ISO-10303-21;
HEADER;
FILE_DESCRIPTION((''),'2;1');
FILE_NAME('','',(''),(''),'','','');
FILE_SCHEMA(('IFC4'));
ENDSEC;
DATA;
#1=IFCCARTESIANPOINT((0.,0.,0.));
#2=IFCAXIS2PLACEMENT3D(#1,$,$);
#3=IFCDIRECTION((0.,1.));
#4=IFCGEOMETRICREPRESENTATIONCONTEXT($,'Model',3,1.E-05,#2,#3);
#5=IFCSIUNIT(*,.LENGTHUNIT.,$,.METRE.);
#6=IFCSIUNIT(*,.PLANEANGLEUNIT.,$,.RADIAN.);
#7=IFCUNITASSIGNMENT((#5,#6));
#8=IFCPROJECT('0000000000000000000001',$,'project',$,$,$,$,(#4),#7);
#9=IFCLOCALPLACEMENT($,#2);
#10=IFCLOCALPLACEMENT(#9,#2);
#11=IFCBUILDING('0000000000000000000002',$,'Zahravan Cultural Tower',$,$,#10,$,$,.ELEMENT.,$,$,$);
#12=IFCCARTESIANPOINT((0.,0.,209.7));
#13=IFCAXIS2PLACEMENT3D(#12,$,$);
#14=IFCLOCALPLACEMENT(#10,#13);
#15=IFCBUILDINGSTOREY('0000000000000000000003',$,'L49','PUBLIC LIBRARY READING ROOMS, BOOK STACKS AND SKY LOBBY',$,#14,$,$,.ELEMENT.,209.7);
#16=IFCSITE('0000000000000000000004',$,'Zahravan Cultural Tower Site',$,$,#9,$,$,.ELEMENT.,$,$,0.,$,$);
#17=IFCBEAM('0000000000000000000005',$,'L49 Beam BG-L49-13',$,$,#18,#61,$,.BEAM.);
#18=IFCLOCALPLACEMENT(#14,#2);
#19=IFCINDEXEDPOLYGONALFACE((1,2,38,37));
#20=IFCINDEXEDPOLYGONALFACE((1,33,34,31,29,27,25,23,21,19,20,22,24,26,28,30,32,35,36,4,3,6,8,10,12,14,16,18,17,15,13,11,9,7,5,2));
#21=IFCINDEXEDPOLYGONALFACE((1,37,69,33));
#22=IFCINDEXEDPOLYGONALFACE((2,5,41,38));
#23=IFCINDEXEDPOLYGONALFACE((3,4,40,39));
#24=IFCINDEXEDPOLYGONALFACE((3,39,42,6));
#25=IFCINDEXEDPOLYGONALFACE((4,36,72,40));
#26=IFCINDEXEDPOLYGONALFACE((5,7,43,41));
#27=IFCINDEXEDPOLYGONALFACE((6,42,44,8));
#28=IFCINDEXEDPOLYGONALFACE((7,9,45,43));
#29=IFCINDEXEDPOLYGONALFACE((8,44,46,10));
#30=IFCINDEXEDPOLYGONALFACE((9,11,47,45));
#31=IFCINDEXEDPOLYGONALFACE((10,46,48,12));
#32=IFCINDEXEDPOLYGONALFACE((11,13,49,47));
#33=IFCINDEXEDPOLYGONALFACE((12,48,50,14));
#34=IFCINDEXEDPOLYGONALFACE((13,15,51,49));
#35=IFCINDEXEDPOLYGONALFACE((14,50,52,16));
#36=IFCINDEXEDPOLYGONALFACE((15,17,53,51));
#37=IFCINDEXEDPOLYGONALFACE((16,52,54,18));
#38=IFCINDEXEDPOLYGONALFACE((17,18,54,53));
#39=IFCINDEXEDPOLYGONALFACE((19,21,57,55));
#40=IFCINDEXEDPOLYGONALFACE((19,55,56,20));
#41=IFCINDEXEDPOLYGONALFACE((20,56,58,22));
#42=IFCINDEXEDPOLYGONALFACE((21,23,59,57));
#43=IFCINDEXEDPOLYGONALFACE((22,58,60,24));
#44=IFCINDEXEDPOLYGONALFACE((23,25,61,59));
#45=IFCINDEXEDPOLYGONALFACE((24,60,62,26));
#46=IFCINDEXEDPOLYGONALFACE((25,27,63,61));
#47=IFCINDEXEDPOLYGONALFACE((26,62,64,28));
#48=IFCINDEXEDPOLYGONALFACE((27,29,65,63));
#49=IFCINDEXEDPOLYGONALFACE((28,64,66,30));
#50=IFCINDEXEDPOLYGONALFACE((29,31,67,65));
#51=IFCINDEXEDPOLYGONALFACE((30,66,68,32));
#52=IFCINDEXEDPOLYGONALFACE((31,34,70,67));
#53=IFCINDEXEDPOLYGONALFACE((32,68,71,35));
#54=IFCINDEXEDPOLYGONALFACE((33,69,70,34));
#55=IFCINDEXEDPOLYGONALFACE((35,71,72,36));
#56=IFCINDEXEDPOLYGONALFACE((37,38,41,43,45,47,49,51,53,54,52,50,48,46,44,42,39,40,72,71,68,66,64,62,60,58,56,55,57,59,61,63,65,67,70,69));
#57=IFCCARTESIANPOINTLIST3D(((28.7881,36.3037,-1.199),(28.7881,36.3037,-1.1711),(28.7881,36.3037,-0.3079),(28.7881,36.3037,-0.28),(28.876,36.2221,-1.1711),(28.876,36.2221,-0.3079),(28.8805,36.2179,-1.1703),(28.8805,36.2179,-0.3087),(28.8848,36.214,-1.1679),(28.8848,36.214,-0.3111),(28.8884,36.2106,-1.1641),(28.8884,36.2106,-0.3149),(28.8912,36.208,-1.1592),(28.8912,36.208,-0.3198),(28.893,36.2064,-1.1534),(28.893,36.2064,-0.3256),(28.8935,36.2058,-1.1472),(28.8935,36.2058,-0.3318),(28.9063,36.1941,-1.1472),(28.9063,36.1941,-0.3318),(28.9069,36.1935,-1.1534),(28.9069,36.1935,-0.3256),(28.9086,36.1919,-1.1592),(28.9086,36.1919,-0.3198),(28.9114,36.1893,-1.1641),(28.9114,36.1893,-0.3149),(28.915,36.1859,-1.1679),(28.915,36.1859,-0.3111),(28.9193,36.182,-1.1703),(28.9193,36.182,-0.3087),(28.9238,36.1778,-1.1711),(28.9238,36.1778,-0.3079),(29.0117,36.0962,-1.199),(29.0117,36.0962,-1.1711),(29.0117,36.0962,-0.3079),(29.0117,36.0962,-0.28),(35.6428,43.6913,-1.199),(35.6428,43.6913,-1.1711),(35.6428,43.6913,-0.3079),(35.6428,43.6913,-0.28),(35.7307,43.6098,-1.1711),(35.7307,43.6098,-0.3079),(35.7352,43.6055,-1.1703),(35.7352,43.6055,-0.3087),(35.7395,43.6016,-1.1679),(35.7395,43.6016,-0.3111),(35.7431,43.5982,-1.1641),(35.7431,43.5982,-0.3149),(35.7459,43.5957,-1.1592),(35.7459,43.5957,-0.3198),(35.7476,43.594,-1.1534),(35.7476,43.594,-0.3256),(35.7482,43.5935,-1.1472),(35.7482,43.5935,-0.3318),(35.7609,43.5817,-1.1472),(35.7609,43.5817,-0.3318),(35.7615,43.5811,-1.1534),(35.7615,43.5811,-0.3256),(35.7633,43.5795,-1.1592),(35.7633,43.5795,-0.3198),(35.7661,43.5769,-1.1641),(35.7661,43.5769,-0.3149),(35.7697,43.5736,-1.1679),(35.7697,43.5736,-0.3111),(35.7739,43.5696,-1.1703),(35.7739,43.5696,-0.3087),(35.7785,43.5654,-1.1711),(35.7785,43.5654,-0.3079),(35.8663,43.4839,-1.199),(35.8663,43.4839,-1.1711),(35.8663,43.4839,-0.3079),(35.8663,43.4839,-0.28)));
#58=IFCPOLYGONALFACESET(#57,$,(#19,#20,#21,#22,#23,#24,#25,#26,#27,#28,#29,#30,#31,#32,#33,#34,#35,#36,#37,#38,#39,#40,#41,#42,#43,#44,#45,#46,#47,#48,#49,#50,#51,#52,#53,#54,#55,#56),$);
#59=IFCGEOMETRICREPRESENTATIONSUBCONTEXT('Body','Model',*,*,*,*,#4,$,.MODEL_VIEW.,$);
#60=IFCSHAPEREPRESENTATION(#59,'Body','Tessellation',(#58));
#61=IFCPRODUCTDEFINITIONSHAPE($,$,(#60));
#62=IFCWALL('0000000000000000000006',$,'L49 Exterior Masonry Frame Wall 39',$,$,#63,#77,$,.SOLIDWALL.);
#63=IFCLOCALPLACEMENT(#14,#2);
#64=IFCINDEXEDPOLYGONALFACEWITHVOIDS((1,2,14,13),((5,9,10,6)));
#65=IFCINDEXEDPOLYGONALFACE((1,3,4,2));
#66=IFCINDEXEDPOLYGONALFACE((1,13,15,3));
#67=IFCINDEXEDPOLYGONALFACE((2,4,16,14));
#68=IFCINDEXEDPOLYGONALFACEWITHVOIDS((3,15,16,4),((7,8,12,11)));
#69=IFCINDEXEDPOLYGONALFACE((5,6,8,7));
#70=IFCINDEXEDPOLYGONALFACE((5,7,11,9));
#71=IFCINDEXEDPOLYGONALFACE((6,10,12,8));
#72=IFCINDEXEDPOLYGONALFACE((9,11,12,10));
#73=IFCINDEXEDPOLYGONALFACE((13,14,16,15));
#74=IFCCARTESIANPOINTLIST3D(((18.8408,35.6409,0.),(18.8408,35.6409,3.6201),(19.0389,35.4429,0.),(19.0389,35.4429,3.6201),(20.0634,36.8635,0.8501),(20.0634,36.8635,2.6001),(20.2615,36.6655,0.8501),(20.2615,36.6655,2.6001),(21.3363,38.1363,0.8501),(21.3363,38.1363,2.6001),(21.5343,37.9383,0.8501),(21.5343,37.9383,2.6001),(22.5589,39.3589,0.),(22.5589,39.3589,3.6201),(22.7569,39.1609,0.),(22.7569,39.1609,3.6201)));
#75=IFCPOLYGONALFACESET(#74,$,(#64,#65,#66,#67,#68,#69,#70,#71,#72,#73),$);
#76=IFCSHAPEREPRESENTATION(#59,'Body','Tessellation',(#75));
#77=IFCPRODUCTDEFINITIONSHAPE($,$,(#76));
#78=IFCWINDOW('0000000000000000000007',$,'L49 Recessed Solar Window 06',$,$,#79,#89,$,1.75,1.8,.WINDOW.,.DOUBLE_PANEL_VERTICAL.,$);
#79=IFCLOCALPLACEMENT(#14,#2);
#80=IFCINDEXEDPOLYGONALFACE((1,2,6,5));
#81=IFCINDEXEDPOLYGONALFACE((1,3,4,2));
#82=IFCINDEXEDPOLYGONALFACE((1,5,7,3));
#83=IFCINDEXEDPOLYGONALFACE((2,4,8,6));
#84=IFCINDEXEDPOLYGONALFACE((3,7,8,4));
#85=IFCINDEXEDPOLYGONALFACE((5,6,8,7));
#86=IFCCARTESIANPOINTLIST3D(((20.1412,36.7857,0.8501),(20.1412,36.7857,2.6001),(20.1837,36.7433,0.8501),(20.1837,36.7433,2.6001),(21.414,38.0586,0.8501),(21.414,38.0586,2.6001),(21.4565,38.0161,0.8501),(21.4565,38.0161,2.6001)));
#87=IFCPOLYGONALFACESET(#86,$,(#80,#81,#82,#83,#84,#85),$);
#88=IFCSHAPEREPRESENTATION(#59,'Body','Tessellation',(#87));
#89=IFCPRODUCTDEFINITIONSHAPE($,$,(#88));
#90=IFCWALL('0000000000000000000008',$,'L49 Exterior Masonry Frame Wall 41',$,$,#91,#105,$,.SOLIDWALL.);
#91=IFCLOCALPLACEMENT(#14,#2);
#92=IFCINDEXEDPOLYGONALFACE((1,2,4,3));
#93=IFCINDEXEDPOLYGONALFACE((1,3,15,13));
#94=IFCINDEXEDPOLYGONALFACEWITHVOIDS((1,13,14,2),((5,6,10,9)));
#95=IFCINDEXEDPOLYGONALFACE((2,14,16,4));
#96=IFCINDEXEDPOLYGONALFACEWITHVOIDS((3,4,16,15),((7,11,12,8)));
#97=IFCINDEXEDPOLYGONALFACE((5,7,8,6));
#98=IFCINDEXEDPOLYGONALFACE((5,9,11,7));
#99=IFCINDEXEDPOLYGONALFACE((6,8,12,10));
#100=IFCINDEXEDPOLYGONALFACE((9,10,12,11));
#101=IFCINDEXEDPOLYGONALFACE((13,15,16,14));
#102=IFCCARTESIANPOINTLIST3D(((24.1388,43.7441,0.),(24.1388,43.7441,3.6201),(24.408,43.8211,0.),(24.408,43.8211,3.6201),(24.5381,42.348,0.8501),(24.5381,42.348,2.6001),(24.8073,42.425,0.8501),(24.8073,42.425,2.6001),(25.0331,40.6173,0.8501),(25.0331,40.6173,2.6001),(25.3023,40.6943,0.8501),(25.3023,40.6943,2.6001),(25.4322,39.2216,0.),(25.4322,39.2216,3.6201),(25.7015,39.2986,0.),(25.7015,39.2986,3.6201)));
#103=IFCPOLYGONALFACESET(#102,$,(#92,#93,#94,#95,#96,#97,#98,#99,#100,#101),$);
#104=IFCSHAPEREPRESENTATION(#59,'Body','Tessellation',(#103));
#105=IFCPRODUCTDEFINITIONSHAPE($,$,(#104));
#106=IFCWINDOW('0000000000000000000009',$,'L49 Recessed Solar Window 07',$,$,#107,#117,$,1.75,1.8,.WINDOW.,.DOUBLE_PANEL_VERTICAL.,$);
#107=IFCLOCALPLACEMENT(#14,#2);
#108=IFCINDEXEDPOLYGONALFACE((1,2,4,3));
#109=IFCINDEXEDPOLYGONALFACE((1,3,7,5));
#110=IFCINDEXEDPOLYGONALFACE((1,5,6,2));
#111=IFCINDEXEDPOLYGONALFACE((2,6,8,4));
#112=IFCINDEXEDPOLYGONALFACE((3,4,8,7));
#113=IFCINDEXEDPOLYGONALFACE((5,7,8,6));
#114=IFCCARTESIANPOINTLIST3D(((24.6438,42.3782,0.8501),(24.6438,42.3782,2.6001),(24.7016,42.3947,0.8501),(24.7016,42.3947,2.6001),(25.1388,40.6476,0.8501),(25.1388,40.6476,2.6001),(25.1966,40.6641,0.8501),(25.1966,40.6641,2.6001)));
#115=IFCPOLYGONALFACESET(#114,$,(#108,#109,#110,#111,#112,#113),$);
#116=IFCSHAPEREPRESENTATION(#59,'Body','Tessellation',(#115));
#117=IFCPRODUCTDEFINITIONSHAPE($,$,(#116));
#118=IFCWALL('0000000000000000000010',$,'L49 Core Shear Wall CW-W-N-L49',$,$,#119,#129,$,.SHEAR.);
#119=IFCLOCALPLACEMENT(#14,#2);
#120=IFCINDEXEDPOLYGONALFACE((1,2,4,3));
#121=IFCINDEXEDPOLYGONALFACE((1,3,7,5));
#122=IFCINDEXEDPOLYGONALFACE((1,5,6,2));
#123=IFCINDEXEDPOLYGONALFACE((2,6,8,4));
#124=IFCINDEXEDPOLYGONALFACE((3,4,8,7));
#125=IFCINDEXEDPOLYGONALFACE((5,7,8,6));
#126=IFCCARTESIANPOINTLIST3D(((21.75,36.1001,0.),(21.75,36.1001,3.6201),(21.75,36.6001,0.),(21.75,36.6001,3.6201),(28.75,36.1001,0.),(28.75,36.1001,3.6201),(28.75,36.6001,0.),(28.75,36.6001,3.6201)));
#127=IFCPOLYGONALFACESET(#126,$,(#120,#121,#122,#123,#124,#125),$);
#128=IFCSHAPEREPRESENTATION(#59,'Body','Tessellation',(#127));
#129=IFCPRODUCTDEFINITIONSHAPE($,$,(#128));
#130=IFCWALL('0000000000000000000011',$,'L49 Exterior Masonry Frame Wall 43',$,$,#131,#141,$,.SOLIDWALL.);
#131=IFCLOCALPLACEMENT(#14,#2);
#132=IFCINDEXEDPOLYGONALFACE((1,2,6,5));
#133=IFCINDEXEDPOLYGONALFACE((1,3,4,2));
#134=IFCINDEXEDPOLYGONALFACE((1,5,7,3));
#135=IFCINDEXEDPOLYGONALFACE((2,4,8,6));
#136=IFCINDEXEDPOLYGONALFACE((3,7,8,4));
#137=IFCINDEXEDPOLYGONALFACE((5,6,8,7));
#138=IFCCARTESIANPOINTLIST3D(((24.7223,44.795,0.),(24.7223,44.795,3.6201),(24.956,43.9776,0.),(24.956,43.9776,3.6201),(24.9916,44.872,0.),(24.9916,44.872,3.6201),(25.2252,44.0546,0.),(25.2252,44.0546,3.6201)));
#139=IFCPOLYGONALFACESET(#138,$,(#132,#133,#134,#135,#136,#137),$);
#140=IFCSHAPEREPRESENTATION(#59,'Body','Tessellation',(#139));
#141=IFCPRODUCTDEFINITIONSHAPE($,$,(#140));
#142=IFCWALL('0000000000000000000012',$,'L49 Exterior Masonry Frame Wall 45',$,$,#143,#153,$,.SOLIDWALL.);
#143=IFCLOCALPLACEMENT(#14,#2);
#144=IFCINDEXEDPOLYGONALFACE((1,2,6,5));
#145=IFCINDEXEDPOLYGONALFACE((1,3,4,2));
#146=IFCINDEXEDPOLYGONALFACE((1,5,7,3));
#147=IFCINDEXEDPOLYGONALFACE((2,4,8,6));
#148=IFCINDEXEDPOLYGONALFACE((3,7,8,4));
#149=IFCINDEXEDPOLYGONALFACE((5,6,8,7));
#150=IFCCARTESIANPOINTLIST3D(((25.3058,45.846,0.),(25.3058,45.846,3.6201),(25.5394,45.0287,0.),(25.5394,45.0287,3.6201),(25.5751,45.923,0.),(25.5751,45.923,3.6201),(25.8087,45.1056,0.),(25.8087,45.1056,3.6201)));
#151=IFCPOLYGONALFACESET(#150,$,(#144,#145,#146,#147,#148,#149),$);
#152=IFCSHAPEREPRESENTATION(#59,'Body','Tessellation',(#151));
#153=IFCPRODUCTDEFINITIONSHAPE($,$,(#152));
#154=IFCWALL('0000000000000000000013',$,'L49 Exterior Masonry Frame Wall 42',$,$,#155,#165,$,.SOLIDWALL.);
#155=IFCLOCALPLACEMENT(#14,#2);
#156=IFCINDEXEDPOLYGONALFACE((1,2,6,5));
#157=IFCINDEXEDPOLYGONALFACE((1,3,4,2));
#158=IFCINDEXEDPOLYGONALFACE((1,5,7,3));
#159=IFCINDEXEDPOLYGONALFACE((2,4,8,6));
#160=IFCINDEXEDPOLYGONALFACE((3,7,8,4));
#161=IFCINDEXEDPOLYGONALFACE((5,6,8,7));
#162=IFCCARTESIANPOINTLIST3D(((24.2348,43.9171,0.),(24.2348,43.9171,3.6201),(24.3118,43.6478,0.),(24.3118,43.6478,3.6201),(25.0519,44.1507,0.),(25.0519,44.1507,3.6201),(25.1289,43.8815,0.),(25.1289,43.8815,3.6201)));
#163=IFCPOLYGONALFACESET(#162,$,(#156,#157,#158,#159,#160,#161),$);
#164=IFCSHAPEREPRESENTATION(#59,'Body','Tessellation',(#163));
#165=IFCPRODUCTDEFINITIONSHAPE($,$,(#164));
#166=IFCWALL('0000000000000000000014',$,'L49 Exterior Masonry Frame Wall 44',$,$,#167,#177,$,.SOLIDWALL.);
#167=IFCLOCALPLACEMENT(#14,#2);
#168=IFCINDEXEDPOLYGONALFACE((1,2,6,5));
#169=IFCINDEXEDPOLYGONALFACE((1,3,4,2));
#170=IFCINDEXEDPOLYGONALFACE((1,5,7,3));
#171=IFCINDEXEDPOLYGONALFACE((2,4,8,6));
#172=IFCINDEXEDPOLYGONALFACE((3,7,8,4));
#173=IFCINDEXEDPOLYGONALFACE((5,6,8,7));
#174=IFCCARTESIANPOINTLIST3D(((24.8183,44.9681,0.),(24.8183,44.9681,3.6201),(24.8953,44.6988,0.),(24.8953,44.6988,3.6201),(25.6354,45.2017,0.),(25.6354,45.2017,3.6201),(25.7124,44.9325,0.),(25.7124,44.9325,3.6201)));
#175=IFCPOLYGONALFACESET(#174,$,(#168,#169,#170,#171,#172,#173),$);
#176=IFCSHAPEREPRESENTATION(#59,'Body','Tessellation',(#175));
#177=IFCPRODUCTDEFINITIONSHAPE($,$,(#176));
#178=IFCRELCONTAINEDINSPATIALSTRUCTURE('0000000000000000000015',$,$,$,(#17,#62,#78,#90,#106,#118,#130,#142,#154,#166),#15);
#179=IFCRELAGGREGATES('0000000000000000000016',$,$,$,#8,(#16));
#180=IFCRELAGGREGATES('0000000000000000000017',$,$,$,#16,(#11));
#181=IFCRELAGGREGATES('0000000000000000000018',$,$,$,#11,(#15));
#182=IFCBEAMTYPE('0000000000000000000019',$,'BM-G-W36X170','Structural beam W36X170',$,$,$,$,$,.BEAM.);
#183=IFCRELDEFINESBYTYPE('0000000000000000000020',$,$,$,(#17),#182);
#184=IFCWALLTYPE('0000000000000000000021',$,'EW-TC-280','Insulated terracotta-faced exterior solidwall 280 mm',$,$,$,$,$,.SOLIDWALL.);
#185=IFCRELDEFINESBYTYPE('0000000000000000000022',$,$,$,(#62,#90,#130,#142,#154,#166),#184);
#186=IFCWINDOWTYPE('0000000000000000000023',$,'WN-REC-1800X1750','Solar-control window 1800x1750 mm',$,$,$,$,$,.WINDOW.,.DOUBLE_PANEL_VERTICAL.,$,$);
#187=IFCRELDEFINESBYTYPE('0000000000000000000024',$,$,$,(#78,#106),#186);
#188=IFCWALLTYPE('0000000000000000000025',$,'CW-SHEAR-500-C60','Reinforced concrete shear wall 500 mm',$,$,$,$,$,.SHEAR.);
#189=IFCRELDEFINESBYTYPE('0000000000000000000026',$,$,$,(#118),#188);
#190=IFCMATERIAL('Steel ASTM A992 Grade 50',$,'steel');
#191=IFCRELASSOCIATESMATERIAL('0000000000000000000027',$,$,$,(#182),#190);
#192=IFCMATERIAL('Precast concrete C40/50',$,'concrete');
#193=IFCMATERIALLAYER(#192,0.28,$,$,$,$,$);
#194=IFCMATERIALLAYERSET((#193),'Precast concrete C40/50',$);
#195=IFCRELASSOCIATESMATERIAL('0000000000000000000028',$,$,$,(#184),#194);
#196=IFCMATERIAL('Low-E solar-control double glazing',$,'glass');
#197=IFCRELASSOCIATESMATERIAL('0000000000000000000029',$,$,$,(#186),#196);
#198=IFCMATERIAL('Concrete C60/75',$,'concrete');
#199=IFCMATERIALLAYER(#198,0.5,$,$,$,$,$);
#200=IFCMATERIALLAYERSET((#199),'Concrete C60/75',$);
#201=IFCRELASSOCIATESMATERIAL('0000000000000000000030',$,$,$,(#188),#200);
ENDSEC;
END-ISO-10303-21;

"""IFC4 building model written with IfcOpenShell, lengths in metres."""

from ifc_helpers import new_model, si_unit, direction, frame, frame_2d, origin, origin_2d, place, context, subcontext, project, spatial, rectangle, i_section, extrude, source, transform, mapped, material, layer, layer_set, material_profile, profile_set, type_object, element, fill, save


model = new_model("IFC4")

# Units and contexts
model_context = context("Model", 3, precision=1e-05, world=origin(), true_north=direction((0.0, 1.0)))
body_context = subcontext(model_context, "Body", "Model", "MODEL_VIEW")
ifc_project = project(units=[si_unit("LENGTHUNIT", "METRE"), si_unit("PLANEANGLEUNIT", "RADIAN")], contexts=[model_context])

# Site, building, storey
site_placement = place(None, origin())
site = spatial("IfcSite", under=ifc_project, at=site_placement, Name="Zahravan Cultural Tower Site", CompositionType="ELEMENT", RefElevation=0.0)
building_placement = place(site_placement, origin())
building = spatial("IfcBuilding", under=site, at=building_placement, Name="Zahravan Cultural Tower", CompositionType="ELEMENT")
storey_placement = place(building_placement, frame((0.0, 0.0, 209.7)))
storey = spatial("IfcBuildingStorey", under=building, at=storey_placement, Name="L49", Description="PUBLIC LIBRARY READING ROOMS, BOOK STACKS AND SKY LOBBY", CompositionType="ELEMENT", Elevation=209.7)

# Shared definitions
ifc_material_1 = material(Name="Steel ASTM A992 Grade 50", Category="steel")

# Beam
ifc_material_profile_1 = material_profile(ifc_material_1, i_section(OverallWidth=0.3049, OverallDepth=0.9189, WebThickness=0.0173, FlangeThickness=0.0278, FilletRadius=0.0239, at=origin_2d()), Name="W36X170")
ifc_profile_set_1 = profile_set([ifc_material_profile_1], Name="Steel ASTM A992 Grade 50")
beam_type_1 = type_object("IfcBeamType", Name="BM-G-W36X170", Description="Structural beam W36X170", PredefinedType="BEAM", material=ifc_profile_set_1)
shared_shape_1 = source(origin(), body_context, "Body", "SweptSolid", [
    extrude(i_section(OverallWidth=0.3049, OverallDepth=0.9189, WebThickness=0.0173, FlangeThickness=0.0278, FilletRadius=0.0239, at=origin_2d()), origin(), (0.0, 0.0, 1.0), 10.0779),
])
beam_1_placement = place(storey_placement, frame((28.8999, 36.2, -0.7395), z_axis=(0.68017, 0.733054, 0.0), x_axis=(-0.733054, 0.68017, 0.0)))
element("IfcBeam", 1, at=beam_1_placement, inside=storey, type_object=beam_type_1, Name="L49 Beam BG-L49-13", PredefinedType="BEAM", context=body_context, shape_type="MappedRepresentation", body=[
    mapped(shared_shape_1, transform((0.0, 0.0, 0.0), x_axis=(1.0, 0.0, 0.0), y_axis=(0.0, 1.0, 0.0), z_axis=(0.0, 0.0, 1.0), scale=1.0)),
])

# Walls, openings, windows
ifc_material_2 = material(Name="Precast concrete C40/50", Category="concrete")
ifc_layer_1 = layer(ifc_material_2, 0.28)
ifc_layer_set_1 = layer_set([ifc_layer_1], Name="Precast concrete C40/50")
wall_type_1 = type_object("IfcWallType", Name="EW-TC-280", Description="Insulated terracotta-faced exterior solidwall 280 mm", PredefinedType="SOLIDWALL", material=ifc_layer_set_1)
wall_1_placement = place(storey_placement, frame((18.9399, 35.542, 0.0), z_axis=(0.0, 0.0, 1.0), x_axis=(0.707107, 0.707107, 0.0)))
wall_1 = element("IfcWall", 2, at=wall_1_placement, inside=storey, type_object=wall_type_1, Name="L49 Exterior Masonry Frame Wall 39", PredefinedType="SOLIDWALL", context=body_context, shape_type="SweptSolid", body=[
    extrude(rectangle(XDim=5.2581, YDim=0.28, at=frame_2d((2.6289, 0.0))), origin(), (0.0, 0.0, 1.0), 3.6201),
])
opening_1_placement = place(wall_1_placement, frame((1.729, 0.0, 0.8501)))
opening_1 = element("IfcOpeningElement", 3, at=opening_1_placement, cuts=wall_1, PredefinedType="OPENING", context=body_context, shape_type="SweptSolid", body=[
    extrude(rectangle(XDim=1.8, YDim=1.75, at=frame_2d((0.8999, 0.875))), frame((0.0, 0.1499, 0.0), z_axis=(0.0, -1.0, 0.0), x_axis=(1.0, 0.0, 0.0)), (0.0, 0.0, 1.0), 0.3),
])
ifc_material_3 = material(Name="Low-E solar-control double glazing", Category="glass")
window_type = type_object("IfcWindowType", Name="WN-REC-1800X1750", Description="Solar-control window 1800x1750 mm", PartitioningType="DOUBLE_PANEL_VERTICAL", PredefinedType="WINDOW", material=ifc_material_3)
shared_shape_2 = source(origin(), body_context, "Body", "SweptSolid", [
    extrude(rectangle(XDim=1.8, YDim=1.75, at=frame_2d((0.8999, 0.875))), frame((0.0, 0.03, 0.0), z_axis=(0.0, -1.0, 0.0), x_axis=(1.0, 0.0, 0.0)), (0.0, 0.0, 1.0), 0.0601),
])
window_1_placement = place(opening_1_placement, origin())
window_1 = element("IfcWindow", 4, at=window_1_placement, inside=storey, type_object=window_type, Name="L49 Recessed Solar Window 06", OverallHeight=1.75, OverallWidth=1.8, PartitioningType="DOUBLE_PANEL_VERTICAL", PredefinedType="WINDOW", context=body_context, shape_type="MappedRepresentation", body=[
    mapped(shared_shape_2, transform((0.0, 0.0, 0.0), x_axis=(1.0, 0.0, 0.0), y_axis=(0.0, 1.0, 0.0), z_axis=(0.0, 0.0, 1.0), scale=1.0)),
])
fill(opening_1, window_1)
wall_2_placement = place(storey_placement, frame((25.5669, 39.26, 0.0), z_axis=(0.0, 0.0, 1.0), x_axis=(-0.274982, 0.961449, 0.0)))
wall_2 = element("IfcWall", 5, at=wall_2_placement, inside=storey, type_object=wall_type_1, Name="L49 Exterior Masonry Frame Wall 41", PredefinedType="SOLIDWALL", context=body_context, shape_type="SweptSolid", body=[
    extrude(rectangle(XDim=4.7039, YDim=0.28, at=frame_2d((2.3521, 0.0))), origin(), (0.0, 0.0, 1.0), 3.6201),
])
opening_2_placement = place(wall_2_placement, frame((1.4519, 0.0, 0.8501)))
opening_2 = element("IfcOpeningElement", 6, at=opening_2_placement, cuts=wall_2, PredefinedType="OPENING", context=body_context, shape_type="SweptSolid", body=[
    extrude(rectangle(XDim=1.8, YDim=1.75, at=frame_2d((0.8999, 0.875))), frame((0.0, 0.1499, 0.0), z_axis=(0.0, -1.0, 0.0), x_axis=(1.0, 0.0, 0.0)), (0.0, 0.0, 1.0), 0.3),
])
window_2_placement = place(opening_2_placement, origin())
window_2 = element("IfcWindow", 7, at=window_2_placement, inside=storey, type_object=window_type, Name="L49 Recessed Solar Window 07", OverallHeight=1.75, OverallWidth=1.8, PartitioningType="DOUBLE_PANEL_VERTICAL", PredefinedType="WINDOW", context=body_context, shape_type="MappedRepresentation", body=[
    mapped(shared_shape_2, transform((0.0, 0.0, 0.0), x_axis=(1.0, 0.0, 0.0), y_axis=(0.0, 1.0, 0.0), z_axis=(0.0, 0.0, 1.0), scale=1.0)),
])
fill(opening_2, window_2)

# Walls
ifc_material_4 = material(Name="Concrete C60/75", Category="concrete")
ifc_layer_2 = layer(ifc_material_4, 0.5)
ifc_layer_set_2 = layer_set([ifc_layer_2], Name="Concrete C60/75")
wall_type_2 = type_object("IfcWallType", Name="CW-SHEAR-500-C60", Description="Reinforced concrete shear wall 500 mm", PredefinedType="SHEAR", material=ifc_layer_set_2)
shared_shape_3 = source(origin(), body_context, "Body", "SweptSolid", [
    extrude(rectangle(XDim=7.0, YDim=0.5, at=frame_2d((3.5, 0.0))), origin(), (0.0, 0.0, 1.0), 3.6201),
])
wall_3_placement = place(storey_placement, frame((21.75, 36.3501, 0.0), z_axis=(0.0, 0.0, 1.0), x_axis=(1.0, 0.0, 0.0)))
element("IfcWall", 8, at=wall_3_placement, inside=storey, type_object=wall_type_2, Name="L49 Core Shear Wall CW-W-N-L49", PredefinedType="SHEAR", context=body_context, shape_type="MappedRepresentation", body=[
    mapped(shared_shape_3, transform((0.0, 0.0, 0.0), x_axis=(1.0, 0.0, 0.0), y_axis=(0.0, 1.0, 0.0), z_axis=(0.0, 0.0, 1.0), scale=1.0)),
])
shared_shape_4 = source(origin(), body_context, "Body", "SweptSolid", [
    extrude(rectangle(XDim=0.8501, YDim=0.28, at=frame_2d((0.425, 0.0))), origin(), (0.0, 0.0, 1.0), 3.6201),
])
for number, where, z_axis, x_axis, name in (
    (9, (25.0906, 44.0161, 0.0), (0.0, 0.0, 1.0), (-0.274835, 0.961491, 0.0), "L49 Exterior Masonry Frame Wall 43"),
    (10, (25.6741, 45.0671, 0.0), (0.0, 0.0, 1.0), (-0.274835, 0.961491, 0.0), "L49 Exterior Masonry Frame Wall 45"),
):
    element("IfcWall", number, at=place(storey_placement, frame(where, z_axis=z_axis, x_axis=x_axis)), inside=storey, type_object=wall_type_1, Name=name, PredefinedType="SOLIDWALL", context=body_context, shape_type="MappedRepresentation", body=[
        mapped(shared_shape_4, transform((0.0, 0.0, 0.0), x_axis=(1.0, 0.0, 0.0), y_axis=(0.0, 1.0, 0.0), z_axis=(0.0, 0.0, 1.0), scale=1.0)),
    ])
shared_shape_5 = source(origin(), body_context, "Body", "SweptSolid", [
    extrude(rectangle(XDim=0.8499, YDim=0.28, at=frame_2d((0.4248, 0.0))), origin(), (0.0, 0.0, 1.0), 3.6201),
])
for number, where, z_axis, x_axis, name in (
    (11, (24.2734, 43.7825, 0.0), (0.0, 0.0, 1.0), (0.96147, 0.274911, 0.0), "L49 Exterior Masonry Frame Wall 42"),
    (12, (24.8569, 44.8335, 0.0), (0.0, 0.0, 1.0), (0.96147, 0.274911, 0.0), "L49 Exterior Masonry Frame Wall 44"),
):
    element("IfcWall", number, at=place(storey_placement, frame(where, z_axis=z_axis, x_axis=x_axis)), inside=storey, type_object=wall_type_1, Name=name, PredefinedType="SOLIDWALL", context=body_context, shape_type="MappedRepresentation", body=[
        mapped(shared_shape_5, transform((0.0, 0.0, 0.0), x_axis=(1.0, 0.0, 0.0), y_axis=(0.0, 1.0, 0.0), z_axis=(0.0, 0.0, 1.0), scale=1.0)),
    ])

save(model, "model.ifc")
